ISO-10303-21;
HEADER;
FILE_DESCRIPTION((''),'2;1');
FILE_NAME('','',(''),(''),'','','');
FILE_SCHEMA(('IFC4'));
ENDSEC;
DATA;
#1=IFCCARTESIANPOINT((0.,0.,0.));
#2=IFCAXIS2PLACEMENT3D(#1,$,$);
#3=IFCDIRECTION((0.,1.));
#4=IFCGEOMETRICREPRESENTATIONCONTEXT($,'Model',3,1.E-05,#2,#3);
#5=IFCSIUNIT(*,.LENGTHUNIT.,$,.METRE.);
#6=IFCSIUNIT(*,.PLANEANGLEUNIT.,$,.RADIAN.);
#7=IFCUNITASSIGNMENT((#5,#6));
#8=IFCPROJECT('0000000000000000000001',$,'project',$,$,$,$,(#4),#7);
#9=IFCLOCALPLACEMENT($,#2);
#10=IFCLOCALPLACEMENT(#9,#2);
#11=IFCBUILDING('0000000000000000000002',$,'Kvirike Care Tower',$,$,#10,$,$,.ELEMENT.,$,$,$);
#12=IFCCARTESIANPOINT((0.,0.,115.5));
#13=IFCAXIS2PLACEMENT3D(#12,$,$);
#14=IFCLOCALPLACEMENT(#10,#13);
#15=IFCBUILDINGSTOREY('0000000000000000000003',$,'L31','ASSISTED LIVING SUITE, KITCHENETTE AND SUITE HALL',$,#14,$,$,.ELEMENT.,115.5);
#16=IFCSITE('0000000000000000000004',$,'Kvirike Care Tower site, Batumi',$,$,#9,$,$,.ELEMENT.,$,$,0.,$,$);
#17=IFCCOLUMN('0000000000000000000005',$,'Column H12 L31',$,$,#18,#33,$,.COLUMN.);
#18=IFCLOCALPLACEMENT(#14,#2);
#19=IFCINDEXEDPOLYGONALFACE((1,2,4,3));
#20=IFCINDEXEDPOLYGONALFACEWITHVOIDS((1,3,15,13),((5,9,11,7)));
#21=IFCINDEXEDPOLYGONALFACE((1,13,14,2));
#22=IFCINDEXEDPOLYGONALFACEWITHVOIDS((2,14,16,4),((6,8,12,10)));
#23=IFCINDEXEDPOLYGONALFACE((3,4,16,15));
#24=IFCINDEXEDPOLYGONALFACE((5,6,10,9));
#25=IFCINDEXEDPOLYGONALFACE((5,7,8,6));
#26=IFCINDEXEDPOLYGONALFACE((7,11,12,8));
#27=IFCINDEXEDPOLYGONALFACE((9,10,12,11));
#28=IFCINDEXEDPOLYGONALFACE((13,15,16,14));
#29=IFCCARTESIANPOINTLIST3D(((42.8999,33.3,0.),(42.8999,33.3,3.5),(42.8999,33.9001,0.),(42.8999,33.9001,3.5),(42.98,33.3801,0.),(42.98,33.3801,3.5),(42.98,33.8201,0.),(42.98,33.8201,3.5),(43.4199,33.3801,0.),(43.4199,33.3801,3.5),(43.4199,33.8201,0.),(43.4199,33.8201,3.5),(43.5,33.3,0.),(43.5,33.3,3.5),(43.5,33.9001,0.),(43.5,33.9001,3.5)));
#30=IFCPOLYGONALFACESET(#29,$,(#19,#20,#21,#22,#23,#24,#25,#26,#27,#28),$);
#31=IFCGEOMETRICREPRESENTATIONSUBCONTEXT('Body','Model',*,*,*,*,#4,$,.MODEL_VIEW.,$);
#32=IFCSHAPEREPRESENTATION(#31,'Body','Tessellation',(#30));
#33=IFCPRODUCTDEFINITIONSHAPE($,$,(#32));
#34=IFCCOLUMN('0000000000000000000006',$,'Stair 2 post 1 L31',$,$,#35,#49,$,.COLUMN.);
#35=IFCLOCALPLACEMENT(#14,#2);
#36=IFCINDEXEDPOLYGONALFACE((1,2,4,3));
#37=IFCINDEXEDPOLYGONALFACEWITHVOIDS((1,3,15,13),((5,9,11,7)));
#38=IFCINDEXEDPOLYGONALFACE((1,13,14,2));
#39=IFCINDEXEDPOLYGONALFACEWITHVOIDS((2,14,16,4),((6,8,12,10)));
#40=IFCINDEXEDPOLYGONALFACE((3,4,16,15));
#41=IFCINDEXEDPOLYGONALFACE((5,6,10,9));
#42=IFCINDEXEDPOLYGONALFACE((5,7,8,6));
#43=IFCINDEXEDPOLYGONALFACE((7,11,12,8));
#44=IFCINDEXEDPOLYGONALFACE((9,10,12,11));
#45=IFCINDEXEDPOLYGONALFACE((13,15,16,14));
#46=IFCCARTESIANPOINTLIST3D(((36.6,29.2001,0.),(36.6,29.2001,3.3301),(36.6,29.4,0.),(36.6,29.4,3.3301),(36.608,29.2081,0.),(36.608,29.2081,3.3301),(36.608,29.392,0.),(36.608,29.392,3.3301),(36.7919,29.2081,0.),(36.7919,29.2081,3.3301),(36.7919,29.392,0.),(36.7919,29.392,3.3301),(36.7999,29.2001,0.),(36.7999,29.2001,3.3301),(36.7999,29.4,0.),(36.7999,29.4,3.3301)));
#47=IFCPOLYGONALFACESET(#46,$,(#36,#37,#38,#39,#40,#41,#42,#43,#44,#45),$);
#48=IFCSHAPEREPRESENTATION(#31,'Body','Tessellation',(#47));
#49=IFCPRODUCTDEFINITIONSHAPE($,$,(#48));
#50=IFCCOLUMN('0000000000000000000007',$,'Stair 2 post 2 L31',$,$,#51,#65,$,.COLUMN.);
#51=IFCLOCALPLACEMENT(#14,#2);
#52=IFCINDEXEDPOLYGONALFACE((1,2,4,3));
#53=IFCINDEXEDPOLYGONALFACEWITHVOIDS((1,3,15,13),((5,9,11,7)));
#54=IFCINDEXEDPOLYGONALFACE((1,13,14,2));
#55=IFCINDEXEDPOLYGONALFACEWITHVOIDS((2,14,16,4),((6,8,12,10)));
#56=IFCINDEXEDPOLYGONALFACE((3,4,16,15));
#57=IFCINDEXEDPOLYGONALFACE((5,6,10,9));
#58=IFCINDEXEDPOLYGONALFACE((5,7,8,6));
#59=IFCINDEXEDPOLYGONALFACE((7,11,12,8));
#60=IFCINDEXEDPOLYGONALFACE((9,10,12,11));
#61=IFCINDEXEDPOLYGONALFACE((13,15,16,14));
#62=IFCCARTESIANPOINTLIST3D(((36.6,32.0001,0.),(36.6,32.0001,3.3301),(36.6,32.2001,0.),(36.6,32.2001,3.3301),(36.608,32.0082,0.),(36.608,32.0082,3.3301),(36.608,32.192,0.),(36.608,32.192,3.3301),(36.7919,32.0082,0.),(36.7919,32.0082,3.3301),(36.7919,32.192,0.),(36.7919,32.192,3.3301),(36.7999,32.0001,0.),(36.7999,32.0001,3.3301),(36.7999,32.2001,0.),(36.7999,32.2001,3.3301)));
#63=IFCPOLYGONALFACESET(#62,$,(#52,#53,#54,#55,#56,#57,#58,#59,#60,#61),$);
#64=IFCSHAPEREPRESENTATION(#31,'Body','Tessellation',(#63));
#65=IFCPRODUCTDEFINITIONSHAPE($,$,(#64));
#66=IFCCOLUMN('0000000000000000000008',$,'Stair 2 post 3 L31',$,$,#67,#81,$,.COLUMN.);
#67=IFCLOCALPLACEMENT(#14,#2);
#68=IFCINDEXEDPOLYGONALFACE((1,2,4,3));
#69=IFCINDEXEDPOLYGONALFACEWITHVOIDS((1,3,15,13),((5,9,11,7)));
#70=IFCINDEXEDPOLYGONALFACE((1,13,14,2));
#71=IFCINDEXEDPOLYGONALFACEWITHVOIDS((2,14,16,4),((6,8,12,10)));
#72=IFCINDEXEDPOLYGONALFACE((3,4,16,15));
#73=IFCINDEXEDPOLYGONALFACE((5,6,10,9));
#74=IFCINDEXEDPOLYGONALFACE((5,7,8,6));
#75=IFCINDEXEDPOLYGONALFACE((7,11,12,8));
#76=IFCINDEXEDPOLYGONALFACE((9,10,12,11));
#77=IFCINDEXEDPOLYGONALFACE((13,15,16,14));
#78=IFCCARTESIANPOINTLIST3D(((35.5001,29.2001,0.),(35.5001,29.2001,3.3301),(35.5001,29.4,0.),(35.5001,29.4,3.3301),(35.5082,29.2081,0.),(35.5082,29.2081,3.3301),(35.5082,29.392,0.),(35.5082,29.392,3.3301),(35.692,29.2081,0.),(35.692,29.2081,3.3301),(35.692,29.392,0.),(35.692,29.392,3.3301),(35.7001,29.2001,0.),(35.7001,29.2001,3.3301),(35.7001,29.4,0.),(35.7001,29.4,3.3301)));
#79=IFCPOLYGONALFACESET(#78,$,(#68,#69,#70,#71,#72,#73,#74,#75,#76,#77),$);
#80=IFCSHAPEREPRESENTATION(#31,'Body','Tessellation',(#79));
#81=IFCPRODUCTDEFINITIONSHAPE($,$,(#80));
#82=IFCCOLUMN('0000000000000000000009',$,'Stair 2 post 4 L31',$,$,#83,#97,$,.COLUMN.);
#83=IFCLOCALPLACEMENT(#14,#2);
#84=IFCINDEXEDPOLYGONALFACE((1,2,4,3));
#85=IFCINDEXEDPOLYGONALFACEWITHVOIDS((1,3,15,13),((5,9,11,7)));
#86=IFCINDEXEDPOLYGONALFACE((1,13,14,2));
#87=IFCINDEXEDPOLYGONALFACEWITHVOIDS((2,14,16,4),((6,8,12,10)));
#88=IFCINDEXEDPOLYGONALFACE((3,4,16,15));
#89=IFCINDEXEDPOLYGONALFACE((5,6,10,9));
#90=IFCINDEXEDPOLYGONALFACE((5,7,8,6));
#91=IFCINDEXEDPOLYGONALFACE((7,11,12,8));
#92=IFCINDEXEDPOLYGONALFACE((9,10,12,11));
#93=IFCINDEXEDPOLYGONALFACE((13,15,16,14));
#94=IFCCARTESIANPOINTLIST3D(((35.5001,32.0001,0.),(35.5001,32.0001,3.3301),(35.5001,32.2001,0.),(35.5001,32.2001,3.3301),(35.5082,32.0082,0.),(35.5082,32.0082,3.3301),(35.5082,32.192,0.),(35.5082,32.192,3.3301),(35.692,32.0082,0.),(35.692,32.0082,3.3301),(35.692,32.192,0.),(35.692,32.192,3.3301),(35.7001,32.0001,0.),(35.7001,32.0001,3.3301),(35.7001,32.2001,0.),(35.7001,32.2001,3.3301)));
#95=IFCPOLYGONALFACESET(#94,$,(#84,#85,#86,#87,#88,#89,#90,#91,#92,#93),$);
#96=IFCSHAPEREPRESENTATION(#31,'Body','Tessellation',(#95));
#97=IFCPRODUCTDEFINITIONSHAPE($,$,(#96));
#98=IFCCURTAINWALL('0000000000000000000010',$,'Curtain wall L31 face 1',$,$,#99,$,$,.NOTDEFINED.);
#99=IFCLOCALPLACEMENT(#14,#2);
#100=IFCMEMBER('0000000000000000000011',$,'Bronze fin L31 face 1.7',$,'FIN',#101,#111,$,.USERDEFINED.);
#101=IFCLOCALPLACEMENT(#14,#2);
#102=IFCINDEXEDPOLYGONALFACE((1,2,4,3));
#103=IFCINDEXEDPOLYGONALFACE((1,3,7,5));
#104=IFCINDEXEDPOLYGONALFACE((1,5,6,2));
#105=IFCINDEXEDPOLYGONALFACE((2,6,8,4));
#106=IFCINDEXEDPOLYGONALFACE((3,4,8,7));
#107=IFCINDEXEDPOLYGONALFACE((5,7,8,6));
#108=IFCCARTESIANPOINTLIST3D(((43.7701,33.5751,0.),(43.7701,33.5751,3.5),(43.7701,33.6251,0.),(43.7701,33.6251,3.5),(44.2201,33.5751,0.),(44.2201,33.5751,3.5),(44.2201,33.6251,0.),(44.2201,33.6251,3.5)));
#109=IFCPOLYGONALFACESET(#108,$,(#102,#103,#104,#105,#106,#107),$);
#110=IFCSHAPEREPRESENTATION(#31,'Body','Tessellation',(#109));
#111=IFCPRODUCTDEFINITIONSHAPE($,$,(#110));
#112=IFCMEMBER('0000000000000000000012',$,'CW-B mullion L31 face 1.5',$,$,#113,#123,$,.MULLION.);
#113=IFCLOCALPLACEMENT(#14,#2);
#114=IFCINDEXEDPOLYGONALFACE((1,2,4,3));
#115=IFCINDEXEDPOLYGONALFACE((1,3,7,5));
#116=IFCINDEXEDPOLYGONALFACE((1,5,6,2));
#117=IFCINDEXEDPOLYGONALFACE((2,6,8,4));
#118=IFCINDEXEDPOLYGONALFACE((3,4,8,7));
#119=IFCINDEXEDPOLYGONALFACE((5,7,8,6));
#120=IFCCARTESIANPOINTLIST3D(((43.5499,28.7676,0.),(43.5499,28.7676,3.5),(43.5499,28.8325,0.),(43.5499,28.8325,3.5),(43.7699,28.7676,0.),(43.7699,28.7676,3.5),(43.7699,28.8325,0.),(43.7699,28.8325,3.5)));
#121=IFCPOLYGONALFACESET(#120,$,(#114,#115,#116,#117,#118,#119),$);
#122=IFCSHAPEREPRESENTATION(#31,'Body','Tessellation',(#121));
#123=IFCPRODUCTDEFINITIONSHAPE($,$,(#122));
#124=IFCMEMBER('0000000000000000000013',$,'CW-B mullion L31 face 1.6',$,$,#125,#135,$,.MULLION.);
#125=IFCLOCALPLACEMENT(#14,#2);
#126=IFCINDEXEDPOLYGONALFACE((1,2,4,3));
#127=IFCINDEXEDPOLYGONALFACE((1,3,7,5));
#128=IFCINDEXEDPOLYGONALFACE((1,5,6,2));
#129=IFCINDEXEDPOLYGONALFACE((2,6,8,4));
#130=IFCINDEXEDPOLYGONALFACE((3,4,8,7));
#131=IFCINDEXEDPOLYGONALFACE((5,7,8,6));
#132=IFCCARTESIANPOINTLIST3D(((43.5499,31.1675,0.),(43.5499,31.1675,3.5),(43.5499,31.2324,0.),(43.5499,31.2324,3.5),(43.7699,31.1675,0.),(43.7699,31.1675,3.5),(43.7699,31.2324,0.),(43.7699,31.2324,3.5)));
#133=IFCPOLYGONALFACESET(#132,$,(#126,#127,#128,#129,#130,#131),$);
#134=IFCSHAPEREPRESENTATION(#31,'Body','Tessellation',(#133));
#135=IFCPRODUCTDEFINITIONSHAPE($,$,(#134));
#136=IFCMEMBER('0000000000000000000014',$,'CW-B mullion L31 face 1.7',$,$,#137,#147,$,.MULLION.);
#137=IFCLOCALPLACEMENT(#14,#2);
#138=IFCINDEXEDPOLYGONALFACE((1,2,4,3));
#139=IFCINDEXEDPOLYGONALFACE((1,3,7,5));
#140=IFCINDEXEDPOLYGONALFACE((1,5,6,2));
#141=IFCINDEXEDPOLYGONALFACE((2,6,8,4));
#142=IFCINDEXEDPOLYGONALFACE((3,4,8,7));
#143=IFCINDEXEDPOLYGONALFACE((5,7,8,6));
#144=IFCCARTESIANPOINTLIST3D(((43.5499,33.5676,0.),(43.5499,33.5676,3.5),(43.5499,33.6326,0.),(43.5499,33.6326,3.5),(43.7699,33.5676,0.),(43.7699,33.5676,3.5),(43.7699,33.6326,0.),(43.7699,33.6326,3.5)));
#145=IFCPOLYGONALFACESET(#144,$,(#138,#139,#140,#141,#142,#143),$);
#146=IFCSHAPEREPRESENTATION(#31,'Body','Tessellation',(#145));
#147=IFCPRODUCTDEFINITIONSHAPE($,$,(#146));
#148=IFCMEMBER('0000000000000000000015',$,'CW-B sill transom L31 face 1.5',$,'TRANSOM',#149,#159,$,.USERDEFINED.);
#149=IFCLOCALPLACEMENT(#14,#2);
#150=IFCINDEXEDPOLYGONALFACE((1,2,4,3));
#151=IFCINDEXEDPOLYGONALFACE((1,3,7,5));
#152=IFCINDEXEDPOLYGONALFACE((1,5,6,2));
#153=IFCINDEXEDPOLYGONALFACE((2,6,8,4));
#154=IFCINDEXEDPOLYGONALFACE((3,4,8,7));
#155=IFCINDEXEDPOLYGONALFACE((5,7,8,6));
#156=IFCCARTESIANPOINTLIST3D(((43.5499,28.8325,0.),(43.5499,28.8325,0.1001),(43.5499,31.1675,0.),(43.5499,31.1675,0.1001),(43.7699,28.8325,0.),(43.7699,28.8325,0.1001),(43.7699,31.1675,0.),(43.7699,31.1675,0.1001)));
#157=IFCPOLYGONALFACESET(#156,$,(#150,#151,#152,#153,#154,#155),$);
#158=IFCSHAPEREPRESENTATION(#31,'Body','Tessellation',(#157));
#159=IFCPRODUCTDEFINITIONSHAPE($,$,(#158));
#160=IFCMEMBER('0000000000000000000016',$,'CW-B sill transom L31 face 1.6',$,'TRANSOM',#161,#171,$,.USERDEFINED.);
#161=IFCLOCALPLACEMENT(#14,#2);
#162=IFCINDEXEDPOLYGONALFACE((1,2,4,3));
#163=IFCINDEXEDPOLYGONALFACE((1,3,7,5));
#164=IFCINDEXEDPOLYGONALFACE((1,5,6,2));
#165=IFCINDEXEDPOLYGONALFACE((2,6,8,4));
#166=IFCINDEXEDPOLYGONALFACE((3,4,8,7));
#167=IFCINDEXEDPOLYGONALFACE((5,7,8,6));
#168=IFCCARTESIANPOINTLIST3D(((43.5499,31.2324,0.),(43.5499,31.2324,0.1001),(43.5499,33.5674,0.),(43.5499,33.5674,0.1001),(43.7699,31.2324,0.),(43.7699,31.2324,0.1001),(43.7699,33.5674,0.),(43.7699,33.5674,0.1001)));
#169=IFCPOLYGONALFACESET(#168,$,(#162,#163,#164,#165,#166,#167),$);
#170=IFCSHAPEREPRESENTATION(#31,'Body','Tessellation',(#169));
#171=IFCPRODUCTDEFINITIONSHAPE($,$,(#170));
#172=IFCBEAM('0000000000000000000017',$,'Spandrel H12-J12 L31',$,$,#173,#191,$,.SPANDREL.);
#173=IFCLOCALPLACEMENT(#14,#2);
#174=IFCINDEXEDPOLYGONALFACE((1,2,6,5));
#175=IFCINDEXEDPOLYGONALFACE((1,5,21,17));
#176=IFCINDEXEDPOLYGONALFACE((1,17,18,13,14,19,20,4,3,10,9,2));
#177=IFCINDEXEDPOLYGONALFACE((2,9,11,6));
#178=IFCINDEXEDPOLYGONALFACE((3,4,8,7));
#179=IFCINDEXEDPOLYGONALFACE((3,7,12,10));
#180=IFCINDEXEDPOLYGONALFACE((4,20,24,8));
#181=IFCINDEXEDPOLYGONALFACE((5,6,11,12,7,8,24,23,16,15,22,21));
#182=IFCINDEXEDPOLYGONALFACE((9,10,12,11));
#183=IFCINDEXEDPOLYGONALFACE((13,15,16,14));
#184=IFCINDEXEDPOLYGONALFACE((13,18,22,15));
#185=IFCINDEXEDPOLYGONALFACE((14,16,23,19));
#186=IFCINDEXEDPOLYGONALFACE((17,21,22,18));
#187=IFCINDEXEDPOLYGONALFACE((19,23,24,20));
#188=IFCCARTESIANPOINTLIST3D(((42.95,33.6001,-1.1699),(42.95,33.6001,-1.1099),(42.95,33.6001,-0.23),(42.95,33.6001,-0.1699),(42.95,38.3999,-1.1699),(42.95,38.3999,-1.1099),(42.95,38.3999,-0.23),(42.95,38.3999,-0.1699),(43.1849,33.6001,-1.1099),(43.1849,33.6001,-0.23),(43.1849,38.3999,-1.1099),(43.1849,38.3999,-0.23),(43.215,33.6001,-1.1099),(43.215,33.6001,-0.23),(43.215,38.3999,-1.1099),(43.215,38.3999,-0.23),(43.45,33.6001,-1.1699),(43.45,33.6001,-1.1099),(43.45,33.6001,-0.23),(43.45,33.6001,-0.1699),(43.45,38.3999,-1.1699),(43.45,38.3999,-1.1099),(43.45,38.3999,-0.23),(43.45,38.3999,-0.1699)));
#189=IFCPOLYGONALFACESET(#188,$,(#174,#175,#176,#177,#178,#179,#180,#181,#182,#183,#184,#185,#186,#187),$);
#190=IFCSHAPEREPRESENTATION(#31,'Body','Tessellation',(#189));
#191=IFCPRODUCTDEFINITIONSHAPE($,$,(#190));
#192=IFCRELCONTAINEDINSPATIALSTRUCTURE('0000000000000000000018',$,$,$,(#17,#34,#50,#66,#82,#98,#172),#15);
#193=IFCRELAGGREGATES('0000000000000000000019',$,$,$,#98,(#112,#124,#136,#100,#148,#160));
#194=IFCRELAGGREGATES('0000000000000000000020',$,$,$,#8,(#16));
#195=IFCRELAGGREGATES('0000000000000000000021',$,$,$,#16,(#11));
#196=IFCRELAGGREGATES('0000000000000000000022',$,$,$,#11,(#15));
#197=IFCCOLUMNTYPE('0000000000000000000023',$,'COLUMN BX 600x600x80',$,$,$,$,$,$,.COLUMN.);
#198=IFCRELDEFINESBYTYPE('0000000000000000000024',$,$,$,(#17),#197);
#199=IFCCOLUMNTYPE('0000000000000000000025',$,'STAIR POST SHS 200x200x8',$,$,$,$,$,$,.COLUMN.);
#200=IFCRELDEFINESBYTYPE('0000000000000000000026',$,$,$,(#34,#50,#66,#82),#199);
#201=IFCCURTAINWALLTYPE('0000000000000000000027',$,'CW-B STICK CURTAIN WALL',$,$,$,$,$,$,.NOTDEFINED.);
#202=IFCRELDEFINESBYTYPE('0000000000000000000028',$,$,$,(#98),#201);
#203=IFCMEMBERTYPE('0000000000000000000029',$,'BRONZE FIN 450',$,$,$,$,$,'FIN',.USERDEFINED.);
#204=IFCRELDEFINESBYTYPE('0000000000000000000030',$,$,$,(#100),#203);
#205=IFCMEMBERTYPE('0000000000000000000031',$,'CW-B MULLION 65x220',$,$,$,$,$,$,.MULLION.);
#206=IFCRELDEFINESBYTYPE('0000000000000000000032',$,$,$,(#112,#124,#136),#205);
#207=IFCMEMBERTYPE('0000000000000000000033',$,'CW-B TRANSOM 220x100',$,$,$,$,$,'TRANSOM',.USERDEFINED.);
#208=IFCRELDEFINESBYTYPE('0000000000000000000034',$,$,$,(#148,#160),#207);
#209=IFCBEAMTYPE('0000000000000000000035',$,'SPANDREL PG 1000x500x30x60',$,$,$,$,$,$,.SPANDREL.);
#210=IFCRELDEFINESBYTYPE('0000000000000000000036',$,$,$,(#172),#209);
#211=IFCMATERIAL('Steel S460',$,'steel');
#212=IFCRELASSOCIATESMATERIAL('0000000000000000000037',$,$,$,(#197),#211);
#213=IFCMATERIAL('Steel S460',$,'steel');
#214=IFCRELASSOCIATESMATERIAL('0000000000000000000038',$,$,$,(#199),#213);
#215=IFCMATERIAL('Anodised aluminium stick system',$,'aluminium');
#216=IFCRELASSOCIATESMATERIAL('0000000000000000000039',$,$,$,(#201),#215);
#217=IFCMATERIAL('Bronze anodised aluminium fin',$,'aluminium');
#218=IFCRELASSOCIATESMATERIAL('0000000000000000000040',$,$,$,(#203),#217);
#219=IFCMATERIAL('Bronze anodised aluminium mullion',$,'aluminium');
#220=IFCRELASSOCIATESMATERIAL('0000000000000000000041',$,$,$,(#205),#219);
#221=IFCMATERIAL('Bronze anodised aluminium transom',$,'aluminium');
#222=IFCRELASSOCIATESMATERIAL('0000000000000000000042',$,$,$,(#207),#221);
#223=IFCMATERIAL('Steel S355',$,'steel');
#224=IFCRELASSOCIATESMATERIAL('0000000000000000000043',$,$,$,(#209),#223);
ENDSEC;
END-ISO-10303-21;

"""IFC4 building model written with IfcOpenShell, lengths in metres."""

from ifc_helpers import new_model, si_unit, direction, frame, origin, origin_2d, place, context, subcontext, project, spatial, rectangle, hollow_rectangle, i_section, extrude, material, material_profile, profile_set, type_object, element, aggregate, save


model = new_model("IFC4")

# Units and contexts
model_context = context("Model", 3, precision=1e-05, world=origin(), true_north=direction((0.0, 1.0)))
body_context = subcontext(model_context, "Body", "Model", "MODEL_VIEW")
ifc_project = project(units=[si_unit("LENGTHUNIT", "METRE"), si_unit("PLANEANGLEUNIT", "RADIAN")], contexts=[model_context])

# Site, building, storey
site_placement = place(None, origin())
site = spatial("IfcSite", under=ifc_project, at=site_placement, Name="Kvirike Care Tower site, Batumi", CompositionType="ELEMENT", RefElevation=0.0)
building_placement = place(site_placement, origin())
building = spatial("IfcBuilding", under=site, at=building_placement, Name="Kvirike Care Tower", CompositionType="ELEMENT")
storey_placement = place(building_placement, frame((0.0, 0.0, 115.5)))
storey = spatial("IfcBuildingStorey", under=building, at=storey_placement, Name="L31", Description="ASSISTED LIVING SUITE, KITCHENETTE AND SUITE HALL", CompositionType="ELEMENT", Elevation=115.5)

# Columns
ifc_material_1 = material(Name="Steel S460", Category="steel")
ifc_material_profile_1 = material_profile(ifc_material_1, hollow_rectangle(XDim=0.6001, YDim=0.6001, WallThickness=0.0801, at=origin_2d()), Name="BX 600x600x80")
ifc_profile_set_1 = profile_set([ifc_material_profile_1], Name="Steel S460")
column_type_1 = type_object("IfcColumnType", Name="COLUMN BX 600x600x80", PredefinedType="COLUMN", material=ifc_profile_set_1)
column_placement = place(storey_placement, frame((43.2, 33.6001, 0.0), z_axis=(0.0, 0.0, 1.0), x_axis=(1.0, 0.0, 0.0)))
element("IfcColumn", 1, at=column_placement, inside=storey, type_object=column_type_1, Name="Column H12 L31", PredefinedType="COLUMN", context=body_context, shape_type="SweptSolid", body=[
    extrude(hollow_rectangle(XDim=0.6001, YDim=0.6001, WallThickness=0.0801, at=origin_2d()), origin(), (0.0, 0.0, 1.0), 3.5),
])
ifc_material_2 = material(Name="Steel S460", Category="steel")
ifc_material_profile_2 = material_profile(ifc_material_2, hollow_rectangle(XDim=0.2, YDim=0.2, WallThickness=0.0081, at=origin_2d()), Name="SHS 200x200x8")
ifc_profile_set_2 = profile_set([ifc_material_profile_2], Name="Steel S460")
column_type_2 = type_object("IfcColumnType", Name="STAIR POST SHS 200x200x8", PredefinedType="COLUMN", material=ifc_profile_set_2)
for number, where, z_axis, x_axis, name in (
    (2, (36.7, 29.3, 0.0), (0.0, 0.0, 1.0), (1.0, 0.0, 0.0), "Stair 2 post 1 L31"),
    (3, (36.7, 32.1001, 0.0), (0.0, 0.0, 1.0), (1.0, 0.0, 0.0), "Stair 2 post 2 L31"),
    (4, (35.6001, 29.3, 0.0), (0.0, 0.0, 1.0), (1.0, 0.0, 0.0), "Stair 2 post 3 L31"),
    (5, (35.6001, 32.1001, 0.0), (0.0, 0.0, 1.0), (1.0, 0.0, 0.0), "Stair 2 post 4 L31"),
):
    element("IfcColumn", number, at=place(storey_placement, frame(where, z_axis=z_axis, x_axis=x_axis)), inside=storey, type_object=column_type_2, Name=name, PredefinedType="COLUMN", context=body_context, shape_type="SweptSolid", body=[
        extrude(hollow_rectangle(XDim=0.2, YDim=0.2, WallThickness=0.0081, at=origin_2d()), origin(), (0.0, 0.0, 1.0), 3.3301),
    ])

# Curtain wall, members
ifc_material_3 = material(Name="Anodised aluminium stick system", Category="aluminium")
curtain_wall_type = type_object("IfcCurtainWallType", Name="CW-B STICK CURTAIN WALL", PredefinedType="NOTDEFINED", material=ifc_material_3)
curtain_wall_placement = place(storey_placement, origin())
curtain_wall = element("IfcCurtainWall", 6, at=curtain_wall_placement, inside=storey, type_object=curtain_wall_type, Name="Curtain wall L31 face 1", PredefinedType="NOTDEFINED")
ifc_material_4 = material(Name="Bronze anodised aluminium fin", Category="aluminium")
ifc_material_profile_3 = material_profile(ifc_material_4, rectangle(XDim=0.05, YDim=0.45, at=origin_2d()), Name="BRONZE FIN 450")
ifc_profile_set_3 = profile_set([ifc_material_profile_3], Name="Bronze anodised aluminium fin")
member_type_1 = type_object("IfcMemberType", Name="BRONZE FIN 450", ElementType="FIN", PredefinedType="USERDEFINED", material=ifc_profile_set_3)
member_1_placement = place(storey_placement, frame((43.9951, 33.6001, 0.0), z_axis=(0.0, 0.0, 1.0), x_axis=(0.0, 1.0, 0.0)))
member_1 = element("IfcMember", 7, at=member_1_placement, type_object=member_type_1, Name="Bronze fin L31 face 1.7", ObjectType="FIN", PredefinedType="USERDEFINED", context=body_context, shape_type="SweptSolid", body=[
    extrude(rectangle(XDim=0.05, YDim=0.45, at=origin_2d()), origin(), (0.0, 0.0, 1.0), 3.5),
])
ifc_material_5 = material(Name="Bronze anodised aluminium mullion", Category="aluminium")
ifc_material_profile_4 = material_profile(ifc_material_5, rectangle(XDim=0.0649, YDim=0.22, at=origin_2d()), Name="CW-B MULLION 65x220")
ifc_profile_set_4 = profile_set([ifc_material_profile_4], Name="Bronze anodised aluminium mullion")
member_type_2 = type_object("IfcMemberType", Name="CW-B MULLION 65x220", PredefinedType="MULLION", material=ifc_profile_set_4)
member_2_placement = place(storey_placement, frame((43.6599, 28.8, 0.0), z_axis=(0.0, 0.0, 1.0), x_axis=(0.0, 1.0, 0.0)))
member_2 = element("IfcMember", 8, at=member_2_placement, type_object=member_type_2, Name="CW-B mullion L31 face 1.5", PredefinedType="MULLION", context=body_context, shape_type="SweptSolid", body=[
    extrude(rectangle(XDim=0.0649, YDim=0.22, at=origin_2d()), origin(), (0.0, 0.0, 1.0), 3.5),
])
member_3_placement = place(storey_placement, frame((43.6599, 31.2, 0.0), z_axis=(0.0, 0.0, 1.0), x_axis=(0.0, 1.0, 0.0)))
member_3 = element("IfcMember", 9, at=member_3_placement, type_object=member_type_2, Name="CW-B mullion L31 face 1.6", PredefinedType="MULLION", context=body_context, shape_type="SweptSolid", body=[
    extrude(rectangle(XDim=0.0649, YDim=0.22, at=origin_2d()), origin(), (0.0, 0.0, 1.0), 3.5),
])
member_4_placement = place(storey_placement, frame((43.6599, 33.6001, 0.0), z_axis=(0.0, 0.0, 1.0), x_axis=(0.0, 1.0, 0.0)))
member_4 = element("IfcMember", 10, at=member_4_placement, type_object=member_type_2, Name="CW-B mullion L31 face 1.7", PredefinedType="MULLION", context=body_context, shape_type="SweptSolid", body=[
    extrude(rectangle(XDim=0.0649, YDim=0.22, at=origin_2d()), origin(), (0.0, 0.0, 1.0), 3.5),
])
ifc_material_6 = material(Name="Bronze anodised aluminium transom", Category="aluminium")
ifc_material_profile_5 = material_profile(ifc_material_6, rectangle(XDim=0.22, YDim=0.1001, at=origin_2d()), Name="CW-B TRANSOM 220x100")
ifc_profile_set_5 = profile_set([ifc_material_profile_5], Name="Bronze anodised aluminium transom")
member_type_3 = type_object("IfcMemberType", Name="CW-B TRANSOM 220x100", ElementType="TRANSOM", PredefinedType="USERDEFINED", material=ifc_profile_set_5)
member_5_placement = place(storey_placement, frame((43.6599, 28.8325, 0.05), z_axis=(0.0, 1.0, 0.0), x_axis=(-1.0, 0.0, 0.0)))
member_5 = element("IfcMember", 11, at=member_5_placement, type_object=member_type_3, Name="CW-B sill transom L31 face 1.5", ObjectType="TRANSOM", PredefinedType="USERDEFINED", context=body_context, shape_type="SweptSolid", body=[
    extrude(rectangle(XDim=0.22, YDim=0.1001, at=origin_2d()), origin(), (0.0, 0.0, 1.0), 2.335),
])
member_6_placement = place(storey_placement, frame((43.6599, 31.2324, 0.05), z_axis=(0.0, 1.0, 0.0), x_axis=(-1.0, 0.0, 0.0)))
member_6 = element("IfcMember", 12, at=member_6_placement, type_object=member_type_3, Name="CW-B sill transom L31 face 1.6", ObjectType="TRANSOM", PredefinedType="USERDEFINED", context=body_context, shape_type="SweptSolid", body=[
    extrude(rectangle(XDim=0.22, YDim=0.1001, at=origin_2d()), origin(), (0.0, 0.0, 1.0), 2.335),
])

# Beam
ifc_material_7 = material(Name="Steel S355", Category="steel")
ifc_material_profile_6 = material_profile(ifc_material_7, i_section(OverallWidth=0.5, OverallDepth=1.0, WebThickness=0.03, FlangeThickness=0.0601, at=origin_2d()), Name="PG 1000x500x30x60")
ifc_profile_set_6 = profile_set([ifc_material_profile_6], Name="Steel S355")
beam_type_1 = type_object("IfcBeamType", Name="SPANDREL PG 1000x500x30x60", PredefinedType="SPANDREL", material=ifc_profile_set_6)
beam_1_placement = place(storey_placement, frame((43.2, 33.6001, -0.6699), z_axis=(0.0, 1.0, 0.0), x_axis=(-1.0, 0.0, 0.0)))
element("IfcBeam", 13, at=beam_1_placement, inside=storey, type_object=beam_type_1, Name="Spandrel H12-J12 L31", PredefinedType="SPANDREL", context=body_context, shape_type="SweptSolid", body=[
    extrude(i_section(OverallWidth=0.5, OverallDepth=1.0, WebThickness=0.03, FlangeThickness=0.0601, at=origin_2d()), origin(), (0.0, 0.0, 1.0), 4.7998),
])

aggregate(curtain_wall, [member_2, member_3, member_4, member_1, member_5, member_6])

save(model, "model.ifc")
